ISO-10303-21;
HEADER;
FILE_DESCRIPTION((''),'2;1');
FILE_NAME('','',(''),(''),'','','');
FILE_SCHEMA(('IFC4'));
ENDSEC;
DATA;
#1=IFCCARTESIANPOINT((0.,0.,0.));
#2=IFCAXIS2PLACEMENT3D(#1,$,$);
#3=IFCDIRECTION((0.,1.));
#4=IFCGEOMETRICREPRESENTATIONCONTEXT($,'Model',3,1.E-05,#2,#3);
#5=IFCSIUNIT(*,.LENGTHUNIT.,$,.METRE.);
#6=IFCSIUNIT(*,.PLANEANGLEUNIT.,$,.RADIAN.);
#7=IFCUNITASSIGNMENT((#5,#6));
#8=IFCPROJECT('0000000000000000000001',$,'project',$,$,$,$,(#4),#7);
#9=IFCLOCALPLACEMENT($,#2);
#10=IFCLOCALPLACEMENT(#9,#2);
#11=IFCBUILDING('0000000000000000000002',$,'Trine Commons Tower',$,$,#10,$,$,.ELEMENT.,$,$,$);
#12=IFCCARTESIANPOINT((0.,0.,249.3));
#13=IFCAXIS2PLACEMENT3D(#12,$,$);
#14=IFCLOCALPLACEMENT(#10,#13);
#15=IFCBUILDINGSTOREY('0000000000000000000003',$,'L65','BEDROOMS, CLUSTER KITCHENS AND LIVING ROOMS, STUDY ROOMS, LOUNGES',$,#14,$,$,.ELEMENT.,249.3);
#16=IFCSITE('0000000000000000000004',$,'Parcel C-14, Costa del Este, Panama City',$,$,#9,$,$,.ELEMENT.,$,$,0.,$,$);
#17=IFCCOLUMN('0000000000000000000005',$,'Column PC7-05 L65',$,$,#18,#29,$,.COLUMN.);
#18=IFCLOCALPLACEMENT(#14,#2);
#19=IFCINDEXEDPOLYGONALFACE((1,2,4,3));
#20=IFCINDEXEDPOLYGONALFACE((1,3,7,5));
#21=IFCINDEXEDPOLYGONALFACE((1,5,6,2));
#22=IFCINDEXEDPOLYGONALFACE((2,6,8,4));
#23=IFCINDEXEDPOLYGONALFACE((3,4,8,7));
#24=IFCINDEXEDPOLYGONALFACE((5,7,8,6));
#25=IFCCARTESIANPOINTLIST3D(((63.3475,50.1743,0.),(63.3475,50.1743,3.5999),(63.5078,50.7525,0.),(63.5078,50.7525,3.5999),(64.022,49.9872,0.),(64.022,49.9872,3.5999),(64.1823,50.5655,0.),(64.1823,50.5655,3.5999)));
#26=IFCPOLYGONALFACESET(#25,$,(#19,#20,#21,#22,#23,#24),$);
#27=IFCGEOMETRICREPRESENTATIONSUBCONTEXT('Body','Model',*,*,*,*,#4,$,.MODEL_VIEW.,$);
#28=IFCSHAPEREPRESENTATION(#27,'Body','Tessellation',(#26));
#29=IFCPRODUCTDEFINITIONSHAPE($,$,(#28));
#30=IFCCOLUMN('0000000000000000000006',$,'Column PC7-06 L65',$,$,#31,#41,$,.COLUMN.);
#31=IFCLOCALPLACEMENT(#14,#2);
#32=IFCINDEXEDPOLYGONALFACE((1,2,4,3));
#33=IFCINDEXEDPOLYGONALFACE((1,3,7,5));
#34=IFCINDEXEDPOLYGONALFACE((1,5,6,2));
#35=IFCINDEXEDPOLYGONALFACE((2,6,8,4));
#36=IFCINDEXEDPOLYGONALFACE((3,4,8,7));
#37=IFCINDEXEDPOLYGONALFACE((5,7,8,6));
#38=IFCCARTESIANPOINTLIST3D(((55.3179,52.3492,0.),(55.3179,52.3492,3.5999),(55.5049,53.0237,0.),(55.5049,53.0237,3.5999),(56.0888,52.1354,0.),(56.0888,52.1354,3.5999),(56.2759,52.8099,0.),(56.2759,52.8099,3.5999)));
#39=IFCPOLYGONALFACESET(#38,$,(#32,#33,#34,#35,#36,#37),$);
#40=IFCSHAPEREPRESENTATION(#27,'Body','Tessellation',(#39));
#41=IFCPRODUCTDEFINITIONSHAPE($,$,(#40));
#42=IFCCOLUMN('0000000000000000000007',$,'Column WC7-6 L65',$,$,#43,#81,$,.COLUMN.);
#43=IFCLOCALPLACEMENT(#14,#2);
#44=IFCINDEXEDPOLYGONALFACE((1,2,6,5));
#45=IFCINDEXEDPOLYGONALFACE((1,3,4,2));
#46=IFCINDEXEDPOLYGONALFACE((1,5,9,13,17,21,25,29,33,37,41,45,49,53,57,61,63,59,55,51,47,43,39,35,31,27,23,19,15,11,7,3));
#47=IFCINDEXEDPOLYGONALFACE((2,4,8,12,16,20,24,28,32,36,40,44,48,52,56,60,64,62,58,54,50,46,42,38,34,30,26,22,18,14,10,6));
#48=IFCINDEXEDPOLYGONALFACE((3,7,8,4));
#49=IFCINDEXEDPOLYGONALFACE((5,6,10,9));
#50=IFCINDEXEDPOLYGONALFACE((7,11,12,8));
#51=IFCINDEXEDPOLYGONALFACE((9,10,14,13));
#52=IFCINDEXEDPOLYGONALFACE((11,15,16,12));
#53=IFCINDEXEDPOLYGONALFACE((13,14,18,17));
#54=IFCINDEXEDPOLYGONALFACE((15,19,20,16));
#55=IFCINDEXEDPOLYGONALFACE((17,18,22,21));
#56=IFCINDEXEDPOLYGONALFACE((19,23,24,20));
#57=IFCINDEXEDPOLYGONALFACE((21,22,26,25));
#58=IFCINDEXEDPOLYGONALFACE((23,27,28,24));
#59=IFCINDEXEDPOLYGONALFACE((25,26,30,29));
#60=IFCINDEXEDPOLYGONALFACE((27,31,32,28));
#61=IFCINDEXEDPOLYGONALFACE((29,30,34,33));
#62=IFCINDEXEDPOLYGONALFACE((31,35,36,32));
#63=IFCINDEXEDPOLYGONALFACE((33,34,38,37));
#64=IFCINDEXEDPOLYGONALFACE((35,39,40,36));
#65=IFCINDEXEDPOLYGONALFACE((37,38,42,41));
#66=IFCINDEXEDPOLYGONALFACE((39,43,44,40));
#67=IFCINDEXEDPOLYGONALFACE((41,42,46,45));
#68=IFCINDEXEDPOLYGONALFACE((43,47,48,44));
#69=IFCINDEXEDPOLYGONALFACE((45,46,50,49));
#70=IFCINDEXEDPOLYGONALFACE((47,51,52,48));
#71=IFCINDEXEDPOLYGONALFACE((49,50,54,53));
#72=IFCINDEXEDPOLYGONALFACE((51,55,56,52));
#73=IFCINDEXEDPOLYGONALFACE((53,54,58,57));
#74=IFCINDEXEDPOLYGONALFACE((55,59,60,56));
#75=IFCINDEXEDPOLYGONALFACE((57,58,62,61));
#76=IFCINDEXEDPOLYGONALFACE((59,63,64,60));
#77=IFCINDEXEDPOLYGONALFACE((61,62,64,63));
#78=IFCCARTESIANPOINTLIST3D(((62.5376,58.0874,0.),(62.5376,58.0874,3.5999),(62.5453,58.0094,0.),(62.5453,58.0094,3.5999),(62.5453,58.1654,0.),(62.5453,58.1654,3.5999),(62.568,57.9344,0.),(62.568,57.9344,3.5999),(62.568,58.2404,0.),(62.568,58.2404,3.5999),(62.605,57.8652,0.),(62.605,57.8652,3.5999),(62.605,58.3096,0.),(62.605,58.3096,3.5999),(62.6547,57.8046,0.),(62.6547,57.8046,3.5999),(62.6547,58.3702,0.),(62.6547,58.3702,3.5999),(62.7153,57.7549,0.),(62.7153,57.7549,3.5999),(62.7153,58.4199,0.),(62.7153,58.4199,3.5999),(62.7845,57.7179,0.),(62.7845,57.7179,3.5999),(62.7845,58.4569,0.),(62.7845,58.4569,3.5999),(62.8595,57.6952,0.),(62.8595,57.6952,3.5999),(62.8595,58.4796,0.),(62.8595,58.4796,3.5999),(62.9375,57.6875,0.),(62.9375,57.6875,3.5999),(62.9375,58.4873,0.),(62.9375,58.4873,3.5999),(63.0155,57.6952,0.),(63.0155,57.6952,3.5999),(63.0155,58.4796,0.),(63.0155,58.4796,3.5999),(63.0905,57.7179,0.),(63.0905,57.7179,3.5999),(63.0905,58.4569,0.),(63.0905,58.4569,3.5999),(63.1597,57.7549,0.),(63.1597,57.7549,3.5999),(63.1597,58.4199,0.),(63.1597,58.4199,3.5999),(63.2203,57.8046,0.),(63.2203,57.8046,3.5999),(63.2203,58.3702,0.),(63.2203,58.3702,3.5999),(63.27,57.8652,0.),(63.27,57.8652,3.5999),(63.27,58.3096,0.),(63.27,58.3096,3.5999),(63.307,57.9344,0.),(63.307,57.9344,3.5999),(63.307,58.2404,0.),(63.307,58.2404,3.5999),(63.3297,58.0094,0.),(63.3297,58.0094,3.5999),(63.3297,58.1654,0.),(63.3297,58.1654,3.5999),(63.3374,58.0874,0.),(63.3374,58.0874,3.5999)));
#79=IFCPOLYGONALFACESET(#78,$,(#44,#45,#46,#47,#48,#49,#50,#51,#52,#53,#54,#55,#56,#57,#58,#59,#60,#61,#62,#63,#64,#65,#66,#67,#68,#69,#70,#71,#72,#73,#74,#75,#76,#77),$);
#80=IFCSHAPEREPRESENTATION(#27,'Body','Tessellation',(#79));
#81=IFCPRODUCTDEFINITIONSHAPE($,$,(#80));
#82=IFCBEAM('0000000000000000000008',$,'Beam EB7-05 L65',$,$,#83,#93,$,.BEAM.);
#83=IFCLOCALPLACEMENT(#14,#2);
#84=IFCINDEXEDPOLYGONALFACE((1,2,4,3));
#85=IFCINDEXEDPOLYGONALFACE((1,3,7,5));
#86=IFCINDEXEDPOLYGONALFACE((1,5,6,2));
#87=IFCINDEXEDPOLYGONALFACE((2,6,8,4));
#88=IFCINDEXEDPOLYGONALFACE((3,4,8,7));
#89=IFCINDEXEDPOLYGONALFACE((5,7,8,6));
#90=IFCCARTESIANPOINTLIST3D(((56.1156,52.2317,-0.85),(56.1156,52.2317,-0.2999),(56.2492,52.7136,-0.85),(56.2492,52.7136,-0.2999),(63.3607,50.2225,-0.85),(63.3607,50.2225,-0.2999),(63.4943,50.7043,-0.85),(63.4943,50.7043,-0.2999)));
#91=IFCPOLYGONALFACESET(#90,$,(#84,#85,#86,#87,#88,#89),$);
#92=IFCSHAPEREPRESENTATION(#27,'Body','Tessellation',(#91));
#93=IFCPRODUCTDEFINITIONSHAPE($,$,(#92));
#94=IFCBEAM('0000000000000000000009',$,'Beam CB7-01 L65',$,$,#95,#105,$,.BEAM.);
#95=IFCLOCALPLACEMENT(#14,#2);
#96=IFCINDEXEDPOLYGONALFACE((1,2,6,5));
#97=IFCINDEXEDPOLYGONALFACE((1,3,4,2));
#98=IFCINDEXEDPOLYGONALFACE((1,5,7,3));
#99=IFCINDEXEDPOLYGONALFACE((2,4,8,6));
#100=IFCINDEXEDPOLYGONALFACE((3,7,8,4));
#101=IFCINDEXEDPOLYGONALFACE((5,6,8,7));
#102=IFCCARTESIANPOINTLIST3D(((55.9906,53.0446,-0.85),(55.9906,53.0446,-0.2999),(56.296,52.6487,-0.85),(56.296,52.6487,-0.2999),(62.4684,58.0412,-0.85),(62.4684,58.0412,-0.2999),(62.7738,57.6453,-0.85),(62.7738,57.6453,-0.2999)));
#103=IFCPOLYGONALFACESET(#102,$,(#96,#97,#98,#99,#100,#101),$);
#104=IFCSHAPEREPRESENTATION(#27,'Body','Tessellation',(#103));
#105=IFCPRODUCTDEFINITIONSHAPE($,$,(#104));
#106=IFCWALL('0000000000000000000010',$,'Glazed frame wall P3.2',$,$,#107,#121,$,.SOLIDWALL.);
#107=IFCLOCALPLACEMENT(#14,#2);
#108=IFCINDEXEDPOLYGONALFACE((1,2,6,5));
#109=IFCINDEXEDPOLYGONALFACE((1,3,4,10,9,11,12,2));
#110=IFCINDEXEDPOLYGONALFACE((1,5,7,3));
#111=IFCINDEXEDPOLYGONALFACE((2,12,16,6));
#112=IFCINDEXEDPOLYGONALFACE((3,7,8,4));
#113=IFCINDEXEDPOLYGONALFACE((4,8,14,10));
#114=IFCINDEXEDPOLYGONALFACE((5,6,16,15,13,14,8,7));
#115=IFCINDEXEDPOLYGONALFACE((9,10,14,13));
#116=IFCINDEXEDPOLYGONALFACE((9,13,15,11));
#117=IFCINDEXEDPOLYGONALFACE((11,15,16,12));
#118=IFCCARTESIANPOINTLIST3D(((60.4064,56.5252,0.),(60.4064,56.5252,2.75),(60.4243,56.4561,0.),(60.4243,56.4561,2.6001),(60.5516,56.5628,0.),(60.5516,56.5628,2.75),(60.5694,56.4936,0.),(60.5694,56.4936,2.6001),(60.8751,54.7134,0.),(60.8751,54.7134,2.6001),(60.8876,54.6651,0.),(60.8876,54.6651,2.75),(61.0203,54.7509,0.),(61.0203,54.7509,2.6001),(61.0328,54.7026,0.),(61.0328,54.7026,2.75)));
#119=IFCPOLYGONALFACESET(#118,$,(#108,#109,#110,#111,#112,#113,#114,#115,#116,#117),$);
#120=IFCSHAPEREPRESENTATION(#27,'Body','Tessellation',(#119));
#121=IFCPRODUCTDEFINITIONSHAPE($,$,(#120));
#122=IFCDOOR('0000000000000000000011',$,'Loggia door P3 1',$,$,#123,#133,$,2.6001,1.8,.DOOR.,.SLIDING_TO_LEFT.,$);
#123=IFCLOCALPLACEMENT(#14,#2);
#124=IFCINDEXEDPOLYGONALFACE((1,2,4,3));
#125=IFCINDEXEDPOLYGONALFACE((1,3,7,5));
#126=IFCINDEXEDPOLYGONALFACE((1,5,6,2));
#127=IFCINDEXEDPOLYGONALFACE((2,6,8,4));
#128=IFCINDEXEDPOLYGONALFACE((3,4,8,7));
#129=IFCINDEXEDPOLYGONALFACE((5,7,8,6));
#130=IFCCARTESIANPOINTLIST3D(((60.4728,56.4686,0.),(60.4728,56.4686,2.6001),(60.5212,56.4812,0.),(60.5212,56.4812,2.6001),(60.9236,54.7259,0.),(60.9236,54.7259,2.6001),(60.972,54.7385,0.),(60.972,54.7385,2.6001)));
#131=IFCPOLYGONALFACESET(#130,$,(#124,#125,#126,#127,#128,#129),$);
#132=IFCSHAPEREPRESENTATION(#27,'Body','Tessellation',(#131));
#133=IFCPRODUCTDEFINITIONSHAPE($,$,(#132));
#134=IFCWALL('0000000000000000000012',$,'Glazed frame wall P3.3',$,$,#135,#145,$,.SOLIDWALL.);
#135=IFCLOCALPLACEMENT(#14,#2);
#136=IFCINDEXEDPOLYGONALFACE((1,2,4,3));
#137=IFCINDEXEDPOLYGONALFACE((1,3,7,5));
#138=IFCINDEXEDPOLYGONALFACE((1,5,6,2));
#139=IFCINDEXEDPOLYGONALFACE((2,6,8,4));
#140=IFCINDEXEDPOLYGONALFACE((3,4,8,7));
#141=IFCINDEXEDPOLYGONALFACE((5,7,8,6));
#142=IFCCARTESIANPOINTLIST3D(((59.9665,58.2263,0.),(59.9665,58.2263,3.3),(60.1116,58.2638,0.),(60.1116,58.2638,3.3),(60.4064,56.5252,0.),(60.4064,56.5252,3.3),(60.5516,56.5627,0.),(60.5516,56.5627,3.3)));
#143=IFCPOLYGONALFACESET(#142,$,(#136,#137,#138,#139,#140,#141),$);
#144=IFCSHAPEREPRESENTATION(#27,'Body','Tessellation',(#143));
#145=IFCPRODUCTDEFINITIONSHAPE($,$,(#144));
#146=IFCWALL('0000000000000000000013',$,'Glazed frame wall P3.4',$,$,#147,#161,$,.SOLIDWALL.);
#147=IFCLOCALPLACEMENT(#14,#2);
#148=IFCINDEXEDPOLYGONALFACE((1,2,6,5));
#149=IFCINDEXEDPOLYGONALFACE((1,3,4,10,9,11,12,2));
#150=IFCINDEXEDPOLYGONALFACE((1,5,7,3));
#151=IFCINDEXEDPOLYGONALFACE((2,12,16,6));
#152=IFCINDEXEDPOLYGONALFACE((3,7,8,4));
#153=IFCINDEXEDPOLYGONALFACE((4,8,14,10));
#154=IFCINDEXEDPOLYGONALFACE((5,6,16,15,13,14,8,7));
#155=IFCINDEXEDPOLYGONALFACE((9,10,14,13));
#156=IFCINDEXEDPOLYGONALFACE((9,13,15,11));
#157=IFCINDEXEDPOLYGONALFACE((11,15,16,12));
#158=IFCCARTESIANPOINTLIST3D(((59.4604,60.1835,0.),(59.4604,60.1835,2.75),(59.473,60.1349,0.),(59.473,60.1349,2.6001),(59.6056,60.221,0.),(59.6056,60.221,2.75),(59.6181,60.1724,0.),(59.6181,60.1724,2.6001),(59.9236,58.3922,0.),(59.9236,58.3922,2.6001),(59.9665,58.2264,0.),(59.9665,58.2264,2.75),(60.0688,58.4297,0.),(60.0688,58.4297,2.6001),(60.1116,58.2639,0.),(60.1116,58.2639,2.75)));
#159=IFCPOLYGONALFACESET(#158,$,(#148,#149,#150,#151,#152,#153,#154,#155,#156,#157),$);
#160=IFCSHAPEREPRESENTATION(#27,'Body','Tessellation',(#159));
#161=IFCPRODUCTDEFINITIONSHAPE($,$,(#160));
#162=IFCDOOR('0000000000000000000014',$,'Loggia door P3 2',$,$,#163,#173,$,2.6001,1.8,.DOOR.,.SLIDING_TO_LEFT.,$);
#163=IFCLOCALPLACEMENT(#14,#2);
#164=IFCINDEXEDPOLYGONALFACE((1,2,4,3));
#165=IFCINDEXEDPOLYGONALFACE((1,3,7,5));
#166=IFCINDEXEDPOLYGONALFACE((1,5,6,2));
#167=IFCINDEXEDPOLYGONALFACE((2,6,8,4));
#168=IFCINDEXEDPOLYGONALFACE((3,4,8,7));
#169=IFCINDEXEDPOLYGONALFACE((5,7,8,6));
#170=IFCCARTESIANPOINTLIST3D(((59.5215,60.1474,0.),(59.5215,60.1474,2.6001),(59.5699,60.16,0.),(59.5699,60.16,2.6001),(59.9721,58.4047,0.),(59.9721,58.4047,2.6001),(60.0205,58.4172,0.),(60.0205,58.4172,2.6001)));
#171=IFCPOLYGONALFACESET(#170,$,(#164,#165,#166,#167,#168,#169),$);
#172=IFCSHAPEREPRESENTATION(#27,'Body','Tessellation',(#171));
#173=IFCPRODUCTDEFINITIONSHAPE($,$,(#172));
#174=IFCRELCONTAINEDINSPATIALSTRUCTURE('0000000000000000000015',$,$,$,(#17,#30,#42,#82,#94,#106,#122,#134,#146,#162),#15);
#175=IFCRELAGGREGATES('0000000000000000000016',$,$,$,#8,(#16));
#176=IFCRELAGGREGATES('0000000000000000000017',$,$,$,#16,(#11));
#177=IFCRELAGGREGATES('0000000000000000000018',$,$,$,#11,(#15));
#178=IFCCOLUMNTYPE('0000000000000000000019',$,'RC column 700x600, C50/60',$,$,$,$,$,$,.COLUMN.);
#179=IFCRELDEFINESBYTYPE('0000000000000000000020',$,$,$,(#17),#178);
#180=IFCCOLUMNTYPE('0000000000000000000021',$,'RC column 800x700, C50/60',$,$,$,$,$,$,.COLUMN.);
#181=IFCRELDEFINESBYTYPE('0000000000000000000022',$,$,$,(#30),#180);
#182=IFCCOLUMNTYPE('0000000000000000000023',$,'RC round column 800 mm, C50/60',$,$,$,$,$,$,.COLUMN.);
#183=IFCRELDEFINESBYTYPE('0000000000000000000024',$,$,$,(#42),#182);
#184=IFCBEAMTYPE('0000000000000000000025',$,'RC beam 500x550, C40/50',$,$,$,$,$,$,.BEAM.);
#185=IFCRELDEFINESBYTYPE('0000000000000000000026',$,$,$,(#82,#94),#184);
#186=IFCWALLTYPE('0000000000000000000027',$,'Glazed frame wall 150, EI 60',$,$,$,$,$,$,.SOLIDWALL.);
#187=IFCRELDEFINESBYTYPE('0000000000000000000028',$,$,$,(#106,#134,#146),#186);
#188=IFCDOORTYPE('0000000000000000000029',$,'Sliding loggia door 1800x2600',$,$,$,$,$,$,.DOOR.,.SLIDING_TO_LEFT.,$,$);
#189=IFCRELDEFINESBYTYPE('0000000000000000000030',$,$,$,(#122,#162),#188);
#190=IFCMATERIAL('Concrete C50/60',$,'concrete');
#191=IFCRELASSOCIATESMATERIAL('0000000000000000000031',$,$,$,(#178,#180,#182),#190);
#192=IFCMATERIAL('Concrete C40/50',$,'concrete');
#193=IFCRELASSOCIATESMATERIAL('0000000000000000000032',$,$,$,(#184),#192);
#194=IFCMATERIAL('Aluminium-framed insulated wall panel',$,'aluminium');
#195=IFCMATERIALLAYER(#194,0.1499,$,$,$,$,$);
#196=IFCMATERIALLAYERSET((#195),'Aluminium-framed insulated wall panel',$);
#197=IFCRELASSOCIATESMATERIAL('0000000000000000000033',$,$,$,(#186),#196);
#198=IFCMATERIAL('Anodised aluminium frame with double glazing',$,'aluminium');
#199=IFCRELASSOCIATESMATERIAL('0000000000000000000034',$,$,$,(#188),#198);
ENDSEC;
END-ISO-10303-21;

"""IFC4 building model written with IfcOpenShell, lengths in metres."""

from ifc_helpers import new_model, si_unit, direction, frame, frame_2d, origin, origin_2d, place, context, subcontext, project, spatial, polyline, rectangle, circle, outline, extrude, material, layer, layer_set, material_profile, profile_set, type_object, element, fill, save


model = new_model("IFC4")

# Units and contexts
model_context = context("Model", 3, precision=1e-05, world=origin(), true_north=direction((0.0, 1.0)))
body_context = subcontext(model_context, "Body", "Model", "MODEL_VIEW")
ifc_project = project(units=[si_unit("LENGTHUNIT", "METRE"), si_unit("PLANEANGLEUNIT", "RADIAN")], contexts=[model_context])

# Site, building, storey
site_placement = place(None, origin())
site = spatial("IfcSite", under=ifc_project, at=site_placement, Name="Parcel C-14, Costa del Este, Panama City", CompositionType="ELEMENT", RefElevation=0.0)
building_placement = place(site_placement, origin())
building = spatial("IfcBuilding", under=site, at=building_placement, Name="Trine Commons Tower", CompositionType="ELEMENT")
storey_placement = place(building_placement, frame((0.0, 0.0, 249.3)))
storey = spatial("IfcBuildingStorey", under=building, at=storey_placement, Name="L65", Description="BEDROOMS, CLUSTER KITCHENS AND LIVING ROOMS, STUDY ROOMS, LOUNGES", CompositionType="ELEMENT", Elevation=249.3)

# Columns
ifc_material_1 = material(Name="Concrete C50/60", Category="concrete")
ifc_material_profile_1 = material_profile(ifc_material_1, rectangle(XDim=0.7, YDim=0.6001, at=origin_2d()), Name="RC 700x600")
ifc_profile_set_1 = profile_set([ifc_material_profile_1], Name="Concrete C50/60")
column_type_1 = type_object("IfcColumnType", Name="RC column 700x600, C50/60", PredefinedType="COLUMN", material=ifc_profile_set_1)
column_1_placement = place(storey_placement, frame((63.7649, 50.3699, 0.0), z_axis=(0.0, 0.0, 1.0), x_axis=(-0.96363, 0.267238, 0.0)))
element("IfcColumn", 1, at=column_1_placement, inside=storey, type_object=column_type_1, Name="Column PC7-05 L65", PredefinedType="COLUMN", context=body_context, shape_type="SweptSolid", body=[
    extrude(rectangle(XDim=0.7, YDim=0.6001, at=origin_2d()), origin(), (0.0, 0.0, 1.0), 3.5999),
])
ifc_material_profile_2 = material_profile(ifc_material_1, rectangle(XDim=0.8, YDim=0.7, at=origin_2d()), Name="RC 800x700")
ifc_profile_set_2 = profile_set([ifc_material_profile_2], Name="Concrete C50/60")
column_type_2 = type_object("IfcColumnType", Name="RC column 800x700, C50/60", PredefinedType="COLUMN", material=ifc_profile_set_2)
column_2_placement = place(storey_placement, frame((55.7969, 52.5796, 0.0), z_axis=(0.0, 0.0, 1.0), x_axis=(-0.96363, 0.267238, 0.0)))
element("IfcColumn", 2, at=column_2_placement, inside=storey, type_object=column_type_2, Name="Column PC7-06 L65", PredefinedType="COLUMN", context=body_context, shape_type="SweptSolid", body=[
    extrude(rectangle(XDim=0.8, YDim=0.7, at=origin_2d()), origin(), (0.0, 0.0, 1.0), 3.5999),
])
ifc_material_profile_3 = material_profile(ifc_material_1, circle(Radius=0.3999, at=origin_2d()), Name="RC round 800")
ifc_profile_set_3 = profile_set([ifc_material_profile_3], Name="Concrete C50/60")
column_type_3 = type_object("IfcColumnType", Name="RC round column 800 mm, C50/60", PredefinedType="COLUMN", material=ifc_profile_set_3)
column_3_placement = place(storey_placement, frame((62.9375, 58.0874, 0.0), z_axis=(0.0, 0.0, 1.0), x_axis=(1.0, 0.0, 0.0)))
element("IfcColumn", 3, at=column_3_placement, inside=storey, type_object=column_type_3, Name="Column WC7-6 L65", PredefinedType="COLUMN", context=body_context, shape_type="SweptSolid", body=[
    extrude(circle(Radius=0.3999, at=origin_2d()), origin(), (0.0, 0.0, 1.0), 3.5999),
])

# Beams
ifc_material_2 = material(Name="Concrete C40/50", Category="concrete")
ifc_material_profile_4 = material_profile(ifc_material_2, rectangle(XDim=0.5, YDim=0.55, at=origin_2d()), Name="RC 500x550")
ifc_profile_set_4 = profile_set([ifc_material_profile_4], Name="Concrete C40/50")
beam_type = type_object("IfcBeamType", Name="RC beam 500x550, C40/50", PredefinedType="BEAM", material=ifc_profile_set_4)
beam_1_placement = place(storey_placement, frame((63.4275, 50.4634, -0.575), z_axis=(-0.963629, 0.267242, 0.0), x_axis=(-0.267242, -0.963629, 0.0)))
element("IfcBeam", 4, at=beam_1_placement, inside=storey, type_object=beam_type, Name="Beam EB7-05 L65", PredefinedType="BEAM", context=body_context, shape_type="SweptSolid", body=[
    extrude(rectangle(XDim=0.5, YDim=0.55, at=origin_2d()), origin(), (0.0, 0.0, 1.0), 7.5186),
])
beam_2_placement = place(storey_placement, frame((56.1433, 52.8467, -0.575), z_axis=(0.791816, 0.61076, 0.0), x_axis=(-0.61076, 0.791816, 0.0)))
element("IfcBeam", 5, at=beam_2_placement, inside=storey, type_object=beam_type, Name="Beam CB7-01 L65", PredefinedType="BEAM", context=body_context, shape_type="SweptSolid", body=[
    extrude(rectangle(XDim=0.5, YDim=0.55, at=origin_2d()), origin(), (0.0, 0.0, 1.0), 8.1809),
])

# Shared definitions
ifc_material_3 = material(Name="Aluminium-framed insulated wall panel", Category="aluminium")
ifc_layer_1 = layer(ifc_material_3, 0.1499)
ifc_layer_set_1 = layer_set([ifc_layer_1], Name="Aluminium-framed insulated wall panel")
wall_type_1 = type_object("IfcWallType", Name="Glazed frame wall 150, EI 60", PredefinedType="SOLIDWALL", material=ifc_layer_set_1)

# Wall, opening, door
wall_1_placement = place(storey_placement, frame((60.9602, 54.6838, 0.0), z_axis=(0.0, 0.0, 1.0), x_axis=(-0.250451, 0.968129, 0.0)))
wall_1 = element("IfcWall", 6, at=wall_1_placement, inside=storey, type_object=wall_type_1, Name="Glazed frame wall P3.2", PredefinedType="SOLIDWALL", context=body_context, shape_type="SweptSolid", body=[
    extrude(outline(polyline([(0.0, -0.075), (1.9214, -0.075), (1.9214, 0.075), (0.0, 0.075), (0.0, -0.075)])), origin(), (0.0, 0.0, 1.0), 2.75),
])
opening_1_placement = place(wall_1_placement, frame((0.05, 0.0, 0.0)))
opening_1 = element("IfcOpeningElement", 7, at=opening_1_placement, cuts=wall_1, PredefinedType="OPENING", context=body_context, shape_type="SweptSolid", body=[
    extrude(rectangle(XDim=1.8, YDim=2.6001, at=frame_2d((0.8999, 1.3))), frame((0.0, 0.085, 0.0), z_axis=(0.0, -1.0, 0.0), x_axis=(1.0, 0.0, 0.0)), (0.0, 0.0, 1.0), 0.1699),
])
ifc_material_4 = material(Name="Anodised aluminium frame with double glazing", Category="aluminium")
door_type_1 = type_object("IfcDoorType", Name="Sliding loggia door 1800x2600", OperationType="SLIDING_TO_LEFT", PredefinedType="DOOR", material=ifc_material_4)
door_1_placement = place(opening_1_placement, origin())
door_1 = element("IfcDoor", 8, at=door_1_placement, inside=storey, type_object=door_type_1, Name="Loggia door P3 1", OperationType="SLIDING_TO_LEFT", OverallHeight=2.6001, OverallWidth=1.8, PredefinedType="DOOR", context=body_context, shape_type="SweptSolid", body=[
    extrude(rectangle(XDim=1.8, YDim=2.6001, at=frame_2d((0.8999, 1.3))), frame((0.0, 0.0249, 0.0), z_axis=(0.0, -1.0, 0.0), x_axis=(1.0, 0.0, 0.0)), (0.0, 0.0, 1.0), 0.05),
])
fill(opening_1, door_1)

# Wall
wall_2_placement = place(storey_placement, frame((60.479, 56.5439, 0.0), z_axis=(0.0, 0.0, 1.0), x_axis=(-0.250374, 0.968149, 0.0)))
element("IfcWall", 9, at=wall_2_placement, inside=storey, type_object=wall_type_1, Name="Glazed frame wall P3.3", PredefinedType="SOLIDWALL", context=body_context, shape_type="SweptSolid", body=[
    extrude(outline(polyline([(0.0, -0.075), (1.7571, -0.075), (1.7571, 0.075), (0.0, 0.075), (0.0, -0.075)])), origin(), (0.0, 0.0, 1.0), 3.3),
])

# Wall, opening, door
wall_3_placement = place(storey_placement, frame((60.0391, 58.2451, 0.0), z_axis=(0.0, 0.0, 1.0), x_axis=(-0.250342, 0.968158, 0.0)))
wall_3 = element("IfcWall", 10, at=wall_3_placement, inside=storey, type_object=wall_type_1, Name="Glazed frame wall P3.4", PredefinedType="SOLIDWALL", context=body_context, shape_type="SweptSolid", body=[
    extrude(outline(polyline([(0.0, -0.075), (2.0215, -0.075), (2.0215, 0.075), (0.0, 0.075), (0.0, -0.075)])), origin(), (0.0, 0.0, 1.0), 2.75),
])
opening_2_placement = place(wall_3_placement, frame((0.1714, 0.0, 0.0)))
opening_2 = element("IfcOpeningElement", 11, at=opening_2_placement, cuts=wall_3, PredefinedType="OPENING", context=body_context, shape_type="SweptSolid", body=[
    extrude(rectangle(XDim=1.8, YDim=2.6001, at=frame_2d((0.8999, 1.3))), frame((0.0, 0.085, 0.0), z_axis=(0.0, -1.0, 0.0), x_axis=(1.0, 0.0, 0.0)), (0.0, 0.0, 1.0), 0.1699),
])
door_2_placement = place(opening_2_placement, origin())
door_2 = element("IfcDoor", 12, at=door_2_placement, inside=storey, type_object=door_type_1, Name="Loggia door P3 2", OperationType="SLIDING_TO_LEFT", OverallHeight=2.6001, OverallWidth=1.8, PredefinedType="DOOR", context=body_context, shape_type="SweptSolid", body=[
    extrude(rectangle(XDim=1.8, YDim=2.6001, at=frame_2d((0.8999, 1.3))), frame((0.0, 0.0249, 0.0), z_axis=(0.0, -1.0, 0.0), x_axis=(1.0, 0.0, 0.0)), (0.0, 0.0, 1.0), 0.05),
])
fill(opening_2, door_2)

save(model, "model.ifc")
